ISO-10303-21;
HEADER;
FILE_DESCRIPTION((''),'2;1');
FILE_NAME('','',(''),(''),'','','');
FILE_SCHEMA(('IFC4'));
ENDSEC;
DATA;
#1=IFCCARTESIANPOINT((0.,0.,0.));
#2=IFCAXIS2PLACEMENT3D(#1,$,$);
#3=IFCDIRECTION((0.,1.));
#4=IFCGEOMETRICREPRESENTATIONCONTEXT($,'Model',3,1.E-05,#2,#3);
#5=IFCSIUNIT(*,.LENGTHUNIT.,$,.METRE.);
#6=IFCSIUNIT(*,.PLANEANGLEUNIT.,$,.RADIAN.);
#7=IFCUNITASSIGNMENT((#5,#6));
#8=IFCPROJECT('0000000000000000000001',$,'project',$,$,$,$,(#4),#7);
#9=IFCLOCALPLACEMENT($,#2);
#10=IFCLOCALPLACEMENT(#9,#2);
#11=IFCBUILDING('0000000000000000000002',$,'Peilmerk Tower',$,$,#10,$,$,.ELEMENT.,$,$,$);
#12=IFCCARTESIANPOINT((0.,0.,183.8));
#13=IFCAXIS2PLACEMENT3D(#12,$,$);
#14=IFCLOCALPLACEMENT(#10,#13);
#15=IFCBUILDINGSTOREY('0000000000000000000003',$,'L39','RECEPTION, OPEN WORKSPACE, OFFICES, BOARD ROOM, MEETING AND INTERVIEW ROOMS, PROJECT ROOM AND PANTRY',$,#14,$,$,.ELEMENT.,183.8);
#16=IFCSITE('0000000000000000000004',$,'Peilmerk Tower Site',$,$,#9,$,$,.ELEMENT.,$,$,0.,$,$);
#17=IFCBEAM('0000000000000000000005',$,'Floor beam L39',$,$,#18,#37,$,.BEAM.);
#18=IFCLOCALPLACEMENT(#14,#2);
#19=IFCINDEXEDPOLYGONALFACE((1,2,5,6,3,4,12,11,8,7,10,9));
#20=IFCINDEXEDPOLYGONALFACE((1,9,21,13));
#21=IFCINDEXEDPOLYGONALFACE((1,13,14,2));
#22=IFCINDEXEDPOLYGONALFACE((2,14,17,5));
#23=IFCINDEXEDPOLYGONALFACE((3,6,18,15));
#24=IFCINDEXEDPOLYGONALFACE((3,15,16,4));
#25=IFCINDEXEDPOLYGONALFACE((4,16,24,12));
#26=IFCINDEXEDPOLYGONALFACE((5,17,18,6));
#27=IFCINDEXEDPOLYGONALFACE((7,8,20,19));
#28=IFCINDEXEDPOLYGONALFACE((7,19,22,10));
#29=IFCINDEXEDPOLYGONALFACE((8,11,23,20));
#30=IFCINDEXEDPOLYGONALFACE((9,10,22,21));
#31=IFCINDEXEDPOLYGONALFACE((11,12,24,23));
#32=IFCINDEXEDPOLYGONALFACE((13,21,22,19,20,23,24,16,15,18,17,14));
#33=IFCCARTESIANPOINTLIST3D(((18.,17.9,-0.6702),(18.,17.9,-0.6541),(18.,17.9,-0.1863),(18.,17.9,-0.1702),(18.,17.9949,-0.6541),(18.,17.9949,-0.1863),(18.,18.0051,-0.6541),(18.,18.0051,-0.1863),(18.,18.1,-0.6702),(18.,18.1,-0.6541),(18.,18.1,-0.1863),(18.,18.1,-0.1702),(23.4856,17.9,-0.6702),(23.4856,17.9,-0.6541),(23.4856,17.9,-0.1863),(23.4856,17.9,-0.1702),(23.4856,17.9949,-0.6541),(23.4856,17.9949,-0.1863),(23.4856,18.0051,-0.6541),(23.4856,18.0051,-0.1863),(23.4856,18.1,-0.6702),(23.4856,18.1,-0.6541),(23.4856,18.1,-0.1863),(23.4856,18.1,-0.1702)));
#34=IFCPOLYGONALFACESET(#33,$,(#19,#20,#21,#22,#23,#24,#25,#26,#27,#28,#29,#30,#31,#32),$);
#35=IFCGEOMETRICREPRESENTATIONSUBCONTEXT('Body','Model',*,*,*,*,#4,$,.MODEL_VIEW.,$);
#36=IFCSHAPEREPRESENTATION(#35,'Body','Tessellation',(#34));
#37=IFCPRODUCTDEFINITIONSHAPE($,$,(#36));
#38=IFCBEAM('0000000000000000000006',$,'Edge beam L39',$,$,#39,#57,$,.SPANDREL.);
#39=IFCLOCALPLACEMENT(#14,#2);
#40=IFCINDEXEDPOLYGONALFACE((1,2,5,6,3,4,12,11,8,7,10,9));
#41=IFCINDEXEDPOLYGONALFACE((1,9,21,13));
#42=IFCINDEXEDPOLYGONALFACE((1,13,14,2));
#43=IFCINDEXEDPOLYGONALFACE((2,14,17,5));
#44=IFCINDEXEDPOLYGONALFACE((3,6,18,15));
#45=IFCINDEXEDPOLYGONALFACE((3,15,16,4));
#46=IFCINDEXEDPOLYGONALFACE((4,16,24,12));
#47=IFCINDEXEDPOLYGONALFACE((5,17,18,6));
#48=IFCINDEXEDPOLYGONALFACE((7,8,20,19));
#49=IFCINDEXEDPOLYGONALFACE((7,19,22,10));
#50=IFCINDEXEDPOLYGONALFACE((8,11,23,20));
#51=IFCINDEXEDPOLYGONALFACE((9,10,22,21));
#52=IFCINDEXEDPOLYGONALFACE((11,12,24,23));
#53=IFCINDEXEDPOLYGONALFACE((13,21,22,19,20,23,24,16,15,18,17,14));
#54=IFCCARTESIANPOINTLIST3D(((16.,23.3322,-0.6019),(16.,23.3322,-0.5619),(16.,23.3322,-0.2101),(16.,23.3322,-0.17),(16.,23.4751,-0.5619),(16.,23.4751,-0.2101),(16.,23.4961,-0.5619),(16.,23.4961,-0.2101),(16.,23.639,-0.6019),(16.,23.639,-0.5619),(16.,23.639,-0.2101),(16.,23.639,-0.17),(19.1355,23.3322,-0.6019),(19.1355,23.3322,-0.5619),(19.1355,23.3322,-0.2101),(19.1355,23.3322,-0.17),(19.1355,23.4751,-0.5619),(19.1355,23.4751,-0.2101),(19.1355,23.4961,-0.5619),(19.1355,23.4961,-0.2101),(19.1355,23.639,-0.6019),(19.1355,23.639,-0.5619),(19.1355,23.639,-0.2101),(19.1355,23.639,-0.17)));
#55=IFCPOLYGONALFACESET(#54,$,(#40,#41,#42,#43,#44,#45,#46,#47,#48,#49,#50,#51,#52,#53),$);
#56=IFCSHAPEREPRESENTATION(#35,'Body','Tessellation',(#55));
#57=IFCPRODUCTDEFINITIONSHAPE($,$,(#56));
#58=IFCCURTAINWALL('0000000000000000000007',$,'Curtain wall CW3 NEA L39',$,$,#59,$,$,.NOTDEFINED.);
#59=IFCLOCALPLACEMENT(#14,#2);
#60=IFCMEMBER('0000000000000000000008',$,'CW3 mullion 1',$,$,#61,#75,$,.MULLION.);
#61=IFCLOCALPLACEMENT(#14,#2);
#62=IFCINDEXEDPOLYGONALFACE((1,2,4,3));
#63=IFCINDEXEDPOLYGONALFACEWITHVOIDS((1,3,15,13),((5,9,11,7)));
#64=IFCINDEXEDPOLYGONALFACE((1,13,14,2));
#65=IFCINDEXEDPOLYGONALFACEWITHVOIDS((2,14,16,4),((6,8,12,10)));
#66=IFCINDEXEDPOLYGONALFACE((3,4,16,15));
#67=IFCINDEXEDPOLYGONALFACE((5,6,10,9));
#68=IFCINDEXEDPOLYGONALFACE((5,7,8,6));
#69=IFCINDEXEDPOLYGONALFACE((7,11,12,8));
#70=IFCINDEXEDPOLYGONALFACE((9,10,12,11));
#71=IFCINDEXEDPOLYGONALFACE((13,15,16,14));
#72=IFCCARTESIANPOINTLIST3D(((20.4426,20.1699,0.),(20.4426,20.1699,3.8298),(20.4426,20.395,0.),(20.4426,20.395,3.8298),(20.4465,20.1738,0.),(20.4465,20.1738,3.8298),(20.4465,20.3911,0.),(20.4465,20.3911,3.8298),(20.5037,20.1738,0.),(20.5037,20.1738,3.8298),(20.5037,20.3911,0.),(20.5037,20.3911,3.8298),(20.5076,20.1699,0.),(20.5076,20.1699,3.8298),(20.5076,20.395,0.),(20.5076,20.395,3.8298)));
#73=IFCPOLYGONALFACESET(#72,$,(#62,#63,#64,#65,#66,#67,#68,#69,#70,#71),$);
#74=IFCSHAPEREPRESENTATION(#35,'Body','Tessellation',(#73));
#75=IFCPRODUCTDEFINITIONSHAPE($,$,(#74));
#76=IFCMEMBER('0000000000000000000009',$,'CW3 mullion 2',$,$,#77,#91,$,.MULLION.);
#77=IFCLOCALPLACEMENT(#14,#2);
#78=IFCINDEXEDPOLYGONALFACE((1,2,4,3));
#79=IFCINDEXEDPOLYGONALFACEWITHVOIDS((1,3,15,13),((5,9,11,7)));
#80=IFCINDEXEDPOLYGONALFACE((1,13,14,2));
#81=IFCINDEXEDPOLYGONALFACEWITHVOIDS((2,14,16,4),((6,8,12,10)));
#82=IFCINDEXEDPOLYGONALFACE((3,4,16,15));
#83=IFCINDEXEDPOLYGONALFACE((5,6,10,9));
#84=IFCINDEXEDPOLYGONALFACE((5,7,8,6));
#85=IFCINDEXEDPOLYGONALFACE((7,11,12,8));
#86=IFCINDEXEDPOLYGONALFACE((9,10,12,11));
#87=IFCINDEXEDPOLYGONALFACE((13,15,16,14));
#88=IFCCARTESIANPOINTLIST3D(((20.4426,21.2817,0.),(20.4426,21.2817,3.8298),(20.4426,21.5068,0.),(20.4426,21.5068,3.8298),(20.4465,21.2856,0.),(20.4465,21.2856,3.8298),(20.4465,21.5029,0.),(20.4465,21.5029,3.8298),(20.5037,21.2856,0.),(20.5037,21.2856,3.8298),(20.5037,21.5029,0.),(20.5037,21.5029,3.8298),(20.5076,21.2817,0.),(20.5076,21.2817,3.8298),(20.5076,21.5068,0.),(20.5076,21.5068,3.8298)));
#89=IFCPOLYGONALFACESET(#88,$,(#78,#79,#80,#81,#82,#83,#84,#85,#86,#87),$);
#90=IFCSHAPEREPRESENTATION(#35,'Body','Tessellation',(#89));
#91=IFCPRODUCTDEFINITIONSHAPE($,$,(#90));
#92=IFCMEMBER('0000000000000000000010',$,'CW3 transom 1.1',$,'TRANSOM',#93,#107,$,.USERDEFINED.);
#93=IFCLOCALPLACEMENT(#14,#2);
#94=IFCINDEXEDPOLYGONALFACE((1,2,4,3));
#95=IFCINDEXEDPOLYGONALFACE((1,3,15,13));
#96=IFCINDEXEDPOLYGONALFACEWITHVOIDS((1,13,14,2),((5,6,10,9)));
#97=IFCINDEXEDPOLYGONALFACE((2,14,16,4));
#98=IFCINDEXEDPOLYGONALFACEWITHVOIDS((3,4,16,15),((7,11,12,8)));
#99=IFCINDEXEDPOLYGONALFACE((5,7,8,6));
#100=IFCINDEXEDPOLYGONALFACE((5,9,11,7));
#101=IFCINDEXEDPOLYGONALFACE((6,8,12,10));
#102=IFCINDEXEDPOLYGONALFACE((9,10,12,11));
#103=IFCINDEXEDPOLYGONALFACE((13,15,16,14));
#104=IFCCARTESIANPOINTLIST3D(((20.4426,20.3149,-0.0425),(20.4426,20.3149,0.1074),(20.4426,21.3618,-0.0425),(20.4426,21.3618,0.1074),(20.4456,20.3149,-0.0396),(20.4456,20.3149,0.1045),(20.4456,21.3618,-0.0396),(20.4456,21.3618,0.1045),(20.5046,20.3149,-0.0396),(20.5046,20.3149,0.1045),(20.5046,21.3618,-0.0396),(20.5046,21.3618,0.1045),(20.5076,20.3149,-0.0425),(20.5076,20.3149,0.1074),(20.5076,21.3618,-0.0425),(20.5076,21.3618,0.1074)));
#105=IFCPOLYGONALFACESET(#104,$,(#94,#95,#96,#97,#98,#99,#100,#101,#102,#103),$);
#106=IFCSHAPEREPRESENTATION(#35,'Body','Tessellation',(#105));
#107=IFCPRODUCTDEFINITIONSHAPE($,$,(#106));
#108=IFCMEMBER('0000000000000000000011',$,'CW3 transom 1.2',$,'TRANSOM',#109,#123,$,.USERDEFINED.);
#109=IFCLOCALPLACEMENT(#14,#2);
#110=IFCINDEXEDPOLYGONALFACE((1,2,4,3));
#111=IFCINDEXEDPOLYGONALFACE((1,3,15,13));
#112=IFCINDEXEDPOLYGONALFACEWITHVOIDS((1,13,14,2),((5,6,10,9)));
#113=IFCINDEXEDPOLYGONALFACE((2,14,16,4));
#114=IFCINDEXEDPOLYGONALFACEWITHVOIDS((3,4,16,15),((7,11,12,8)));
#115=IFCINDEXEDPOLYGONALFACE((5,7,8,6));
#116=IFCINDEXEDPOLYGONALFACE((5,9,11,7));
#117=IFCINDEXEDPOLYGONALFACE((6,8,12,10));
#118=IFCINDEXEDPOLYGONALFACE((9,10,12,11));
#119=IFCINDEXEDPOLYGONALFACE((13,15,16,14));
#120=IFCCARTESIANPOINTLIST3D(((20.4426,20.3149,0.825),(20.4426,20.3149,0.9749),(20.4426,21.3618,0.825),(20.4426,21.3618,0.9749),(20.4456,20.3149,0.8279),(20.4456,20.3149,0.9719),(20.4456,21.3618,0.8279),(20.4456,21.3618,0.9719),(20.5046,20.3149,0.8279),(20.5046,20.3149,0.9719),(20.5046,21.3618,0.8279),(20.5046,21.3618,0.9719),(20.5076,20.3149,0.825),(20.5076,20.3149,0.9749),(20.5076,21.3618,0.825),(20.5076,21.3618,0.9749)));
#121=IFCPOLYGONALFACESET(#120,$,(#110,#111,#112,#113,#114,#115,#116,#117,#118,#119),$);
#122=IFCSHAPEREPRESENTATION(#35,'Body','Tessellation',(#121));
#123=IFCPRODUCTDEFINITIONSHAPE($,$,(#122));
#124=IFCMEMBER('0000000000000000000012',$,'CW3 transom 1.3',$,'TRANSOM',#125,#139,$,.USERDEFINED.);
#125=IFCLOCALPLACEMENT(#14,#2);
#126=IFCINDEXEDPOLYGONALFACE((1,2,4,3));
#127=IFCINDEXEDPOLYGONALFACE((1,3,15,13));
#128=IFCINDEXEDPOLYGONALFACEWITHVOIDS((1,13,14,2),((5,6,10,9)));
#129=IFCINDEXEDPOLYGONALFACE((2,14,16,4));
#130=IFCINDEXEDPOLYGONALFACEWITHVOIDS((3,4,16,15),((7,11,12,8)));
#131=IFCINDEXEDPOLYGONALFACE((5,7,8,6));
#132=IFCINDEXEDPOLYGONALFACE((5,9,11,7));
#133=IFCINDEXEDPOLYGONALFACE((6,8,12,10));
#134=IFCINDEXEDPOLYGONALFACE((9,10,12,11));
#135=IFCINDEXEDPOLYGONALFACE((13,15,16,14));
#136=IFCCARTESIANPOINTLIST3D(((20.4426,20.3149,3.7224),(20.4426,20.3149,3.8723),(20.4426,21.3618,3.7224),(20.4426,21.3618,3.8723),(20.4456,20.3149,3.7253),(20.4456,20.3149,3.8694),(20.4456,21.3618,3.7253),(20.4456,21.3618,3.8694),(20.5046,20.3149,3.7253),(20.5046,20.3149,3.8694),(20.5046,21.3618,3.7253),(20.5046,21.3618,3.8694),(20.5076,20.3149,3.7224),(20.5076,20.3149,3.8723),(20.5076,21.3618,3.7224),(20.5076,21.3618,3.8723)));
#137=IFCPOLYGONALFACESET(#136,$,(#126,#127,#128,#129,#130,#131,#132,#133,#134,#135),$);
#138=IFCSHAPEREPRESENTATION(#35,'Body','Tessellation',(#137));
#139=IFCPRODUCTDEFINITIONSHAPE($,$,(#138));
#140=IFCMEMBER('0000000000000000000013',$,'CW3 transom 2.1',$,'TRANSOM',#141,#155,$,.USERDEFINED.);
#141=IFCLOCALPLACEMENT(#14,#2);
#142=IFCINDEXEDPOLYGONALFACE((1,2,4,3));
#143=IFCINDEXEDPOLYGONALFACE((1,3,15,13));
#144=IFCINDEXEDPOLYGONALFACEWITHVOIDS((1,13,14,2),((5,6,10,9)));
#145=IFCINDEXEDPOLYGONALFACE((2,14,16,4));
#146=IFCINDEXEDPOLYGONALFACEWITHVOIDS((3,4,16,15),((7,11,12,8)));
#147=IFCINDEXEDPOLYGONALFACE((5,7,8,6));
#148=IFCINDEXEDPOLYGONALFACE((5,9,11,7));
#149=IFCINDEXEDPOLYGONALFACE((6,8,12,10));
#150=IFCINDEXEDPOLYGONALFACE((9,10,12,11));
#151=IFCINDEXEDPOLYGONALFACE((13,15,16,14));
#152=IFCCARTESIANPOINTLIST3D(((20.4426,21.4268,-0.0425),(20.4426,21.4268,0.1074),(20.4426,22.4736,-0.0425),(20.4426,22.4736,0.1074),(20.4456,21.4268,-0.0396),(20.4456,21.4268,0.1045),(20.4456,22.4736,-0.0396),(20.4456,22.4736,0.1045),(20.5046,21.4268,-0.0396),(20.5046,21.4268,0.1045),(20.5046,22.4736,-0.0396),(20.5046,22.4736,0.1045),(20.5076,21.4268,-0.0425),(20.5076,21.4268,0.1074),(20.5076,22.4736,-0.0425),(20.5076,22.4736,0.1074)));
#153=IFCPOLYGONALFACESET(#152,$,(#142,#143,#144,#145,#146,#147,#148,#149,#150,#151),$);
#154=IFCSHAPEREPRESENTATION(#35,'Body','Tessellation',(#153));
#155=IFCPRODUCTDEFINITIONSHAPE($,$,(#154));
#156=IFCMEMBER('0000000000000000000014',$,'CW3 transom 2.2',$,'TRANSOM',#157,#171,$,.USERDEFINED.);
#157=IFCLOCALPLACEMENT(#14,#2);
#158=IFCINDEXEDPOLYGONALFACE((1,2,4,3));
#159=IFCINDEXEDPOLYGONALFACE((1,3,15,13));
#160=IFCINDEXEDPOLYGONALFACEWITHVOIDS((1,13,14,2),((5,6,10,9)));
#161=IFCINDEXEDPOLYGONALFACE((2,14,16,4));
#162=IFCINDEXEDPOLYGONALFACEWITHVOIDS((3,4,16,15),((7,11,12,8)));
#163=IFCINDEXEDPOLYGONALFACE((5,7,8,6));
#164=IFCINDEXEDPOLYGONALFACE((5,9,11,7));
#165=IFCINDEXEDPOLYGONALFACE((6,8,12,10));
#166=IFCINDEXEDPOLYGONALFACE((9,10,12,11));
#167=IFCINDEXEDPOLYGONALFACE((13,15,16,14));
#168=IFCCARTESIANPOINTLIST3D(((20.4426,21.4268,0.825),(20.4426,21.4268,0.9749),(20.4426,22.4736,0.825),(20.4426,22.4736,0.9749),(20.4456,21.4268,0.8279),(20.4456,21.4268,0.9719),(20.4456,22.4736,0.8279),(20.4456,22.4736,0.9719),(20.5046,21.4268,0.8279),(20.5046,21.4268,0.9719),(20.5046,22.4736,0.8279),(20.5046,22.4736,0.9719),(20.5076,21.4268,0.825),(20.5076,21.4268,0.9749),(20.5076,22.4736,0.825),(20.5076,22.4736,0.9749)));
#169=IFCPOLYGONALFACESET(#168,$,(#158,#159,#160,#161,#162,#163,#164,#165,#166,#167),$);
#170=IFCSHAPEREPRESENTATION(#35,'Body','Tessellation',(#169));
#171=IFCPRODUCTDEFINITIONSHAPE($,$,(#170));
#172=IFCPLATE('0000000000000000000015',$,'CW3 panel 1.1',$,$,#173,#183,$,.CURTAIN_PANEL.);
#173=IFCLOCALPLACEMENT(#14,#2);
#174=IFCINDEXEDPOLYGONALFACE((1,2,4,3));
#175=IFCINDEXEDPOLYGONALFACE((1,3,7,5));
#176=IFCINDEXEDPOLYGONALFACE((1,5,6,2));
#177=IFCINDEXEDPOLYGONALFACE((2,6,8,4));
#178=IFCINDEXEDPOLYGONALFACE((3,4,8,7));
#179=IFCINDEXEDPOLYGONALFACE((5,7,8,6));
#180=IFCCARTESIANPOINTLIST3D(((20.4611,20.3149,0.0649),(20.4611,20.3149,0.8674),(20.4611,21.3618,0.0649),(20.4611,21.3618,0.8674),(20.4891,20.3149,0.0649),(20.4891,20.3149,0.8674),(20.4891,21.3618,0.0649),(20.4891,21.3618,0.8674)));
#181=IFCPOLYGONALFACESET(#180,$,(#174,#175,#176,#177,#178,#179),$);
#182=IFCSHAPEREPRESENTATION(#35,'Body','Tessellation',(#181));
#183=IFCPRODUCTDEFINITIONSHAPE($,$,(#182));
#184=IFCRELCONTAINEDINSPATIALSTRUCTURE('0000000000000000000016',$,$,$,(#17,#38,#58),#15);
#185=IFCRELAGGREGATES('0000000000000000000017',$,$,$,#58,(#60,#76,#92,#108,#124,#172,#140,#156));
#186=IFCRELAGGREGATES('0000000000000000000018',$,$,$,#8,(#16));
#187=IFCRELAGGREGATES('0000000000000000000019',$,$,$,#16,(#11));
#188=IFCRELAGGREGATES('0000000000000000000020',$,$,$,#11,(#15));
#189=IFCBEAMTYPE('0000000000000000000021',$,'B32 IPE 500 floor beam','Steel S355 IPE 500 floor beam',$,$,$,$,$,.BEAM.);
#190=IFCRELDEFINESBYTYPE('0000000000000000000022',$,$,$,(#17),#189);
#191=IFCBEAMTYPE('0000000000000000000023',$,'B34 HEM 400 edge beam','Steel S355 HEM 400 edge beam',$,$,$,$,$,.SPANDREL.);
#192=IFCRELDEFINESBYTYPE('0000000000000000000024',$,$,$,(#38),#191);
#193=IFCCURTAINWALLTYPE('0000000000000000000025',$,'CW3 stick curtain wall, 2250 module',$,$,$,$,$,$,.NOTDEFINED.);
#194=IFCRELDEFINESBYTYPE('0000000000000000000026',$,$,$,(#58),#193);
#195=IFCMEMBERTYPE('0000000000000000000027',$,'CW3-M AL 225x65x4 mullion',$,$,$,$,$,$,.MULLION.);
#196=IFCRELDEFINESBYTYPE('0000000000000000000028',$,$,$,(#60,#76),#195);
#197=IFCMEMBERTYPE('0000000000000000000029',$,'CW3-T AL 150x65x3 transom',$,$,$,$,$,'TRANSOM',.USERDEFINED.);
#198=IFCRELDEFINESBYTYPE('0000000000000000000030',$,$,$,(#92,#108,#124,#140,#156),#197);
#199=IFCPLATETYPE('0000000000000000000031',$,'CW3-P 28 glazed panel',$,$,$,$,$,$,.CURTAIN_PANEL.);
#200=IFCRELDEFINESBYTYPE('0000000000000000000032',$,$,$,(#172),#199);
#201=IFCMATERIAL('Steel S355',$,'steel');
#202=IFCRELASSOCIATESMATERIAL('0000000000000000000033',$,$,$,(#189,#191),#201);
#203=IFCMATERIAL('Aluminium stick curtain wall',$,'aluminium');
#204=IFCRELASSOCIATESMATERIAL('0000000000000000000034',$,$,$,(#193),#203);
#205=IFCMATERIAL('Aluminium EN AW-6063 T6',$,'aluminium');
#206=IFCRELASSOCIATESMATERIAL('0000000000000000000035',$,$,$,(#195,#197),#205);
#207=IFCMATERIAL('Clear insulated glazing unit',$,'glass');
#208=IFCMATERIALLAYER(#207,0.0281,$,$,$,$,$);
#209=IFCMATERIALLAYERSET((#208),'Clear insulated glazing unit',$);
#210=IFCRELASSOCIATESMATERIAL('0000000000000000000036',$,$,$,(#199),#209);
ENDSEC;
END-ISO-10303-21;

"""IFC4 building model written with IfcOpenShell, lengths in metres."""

from ifc_helpers import new_model, si_unit, direction, frame, origin, origin_2d, place, context, subcontext, project, spatial, rectangle, hollow_rectangle, i_section, extrude, material, layer, layer_set, material_profile, profile_set, type_object, element, aggregate, save


model = new_model("IFC4")

# Units and contexts
model_context = context("Model", 3, precision=1e-05, world=origin(), true_north=direction((0.0, 1.0)))
body_context = subcontext(model_context, "Body", "Model", "MODEL_VIEW")
ifc_project = project(units=[si_unit("LENGTHUNIT", "METRE"), si_unit("PLANEANGLEUNIT", "RADIAN")], contexts=[model_context])

# Site, building, storey
site_placement = place(None, origin())
site = spatial("IfcSite", under=ifc_project, at=site_placement, Name="Peilmerk Tower Site", CompositionType="ELEMENT", RefElevation=0.0)
building_placement = place(site_placement, origin())
building = spatial("IfcBuilding", under=site, at=building_placement, Name="Peilmerk Tower", CompositionType="ELEMENT")
storey_placement = place(building_placement, frame((0.0, 0.0, 183.8)))
storey = spatial("IfcBuildingStorey", under=building, at=storey_placement, Name="L39", Description="RECEPTION, OPEN WORKSPACE, OFFICES, BOARD ROOM, MEETING AND INTERVIEW ROOMS, PROJECT ROOM AND PANTRY", CompositionType="ELEMENT", Elevation=183.8)

# Beams
ifc_material_1 = material(Name="Steel S355", Category="steel")
ifc_material_profile_1 = material_profile(ifc_material_1, i_section(OverallWidth=0.2, OverallDepth=0.5, WebThickness=0.0103, FlangeThickness=0.0161, at=origin_2d()), Name="IPE 500")
ifc_profile_set_1 = profile_set([ifc_material_profile_1], Name="Steel S355")
beam_type_1 = type_object("IfcBeamType", Name="B32 IPE 500 floor beam", Description="Steel S355 IPE 500 floor beam", PredefinedType="BEAM", material=ifc_profile_set_1)
for number, where, z_axis, x_axis, name in (
    (1, (18.0, 18.0, -0.4202), (1.0, 0.0, 0.0), (0.0, 1.0, 0.0), "Floor beam L39"),
):
    element("IfcBeam", number, at=place(storey_placement, frame(where, z_axis=z_axis, x_axis=x_axis)), inside=storey, type_object=beam_type_1, Name=name, PredefinedType="BEAM", context=body_context, shape_type="SweptSolid", body=[
        extrude(i_section(OverallWidth=0.2, OverallDepth=0.5, WebThickness=0.0103, FlangeThickness=0.0161, at=origin_2d()), origin(), (0.0, 0.0, 1.0), 5.4856),
    ])
ifc_material_profile_2 = material_profile(ifc_material_1, i_section(OverallWidth=0.3069, OverallDepth=0.4319, WebThickness=0.021, FlangeThickness=0.04, at=origin_2d()), Name="HEM 400")
ifc_profile_set_2 = profile_set([ifc_material_profile_2], Name="Steel S355")
beam_type_2 = type_object("IfcBeamType", Name="B34 HEM 400 edge beam", Description="Steel S355 HEM 400 edge beam", PredefinedType="SPANDREL", material=ifc_profile_set_2)
beam_1_placement = place(storey_placement, frame((19.1355, 23.4856, -0.386), z_axis=(-1.0, 0.0, 0.0), x_axis=(0.0, -1.0, 0.0)))
element("IfcBeam", 2, at=beam_1_placement, inside=storey, type_object=beam_type_2, Name="Edge beam L39", PredefinedType="SPANDREL", context=body_context, shape_type="SweptSolid", body=[
    extrude(i_section(OverallWidth=0.3069, OverallDepth=0.4319, WebThickness=0.021, FlangeThickness=0.04, at=origin_2d()), origin(), (0.0, 0.0, 1.0), 3.1355),
])

# Curtain wall, members, plate
ifc_material_2 = material(Name="Aluminium stick curtain wall", Category="aluminium")
curtain_wall_type = type_object("IfcCurtainWallType", Name="CW3 stick curtain wall, 2250 module", PredefinedType="NOTDEFINED", material=ifc_material_2)
curtain_wall_placement = place(storey_placement, origin())
curtain_wall = element("IfcCurtainWall", 3, at=curtain_wall_placement, inside=storey, type_object=curtain_wall_type, Name="Curtain wall CW3 NEA L39", PredefinedType="NOTDEFINED")
ifc_material_3 = material(Name="Aluminium EN AW-6063 T6", Category="aluminium")
ifc_material_profile_3 = material_profile(ifc_material_3, hollow_rectangle(XDim=0.0649, YDim=0.2251, WallThickness=0.0039, at=origin_2d()), Name="AL 225x65x4")
ifc_profile_set_3 = profile_set([ifc_material_profile_3], Name="Aluminium EN AW-6063 T6")
member_type_1 = type_object("IfcMemberType", Name="CW3-M AL 225x65x4 mullion", PredefinedType="MULLION", material=ifc_profile_set_3)
member_1_placement = place(storey_placement, frame((20.4751, 20.2825, 0.0), z_axis=(0.0, 0.0, 1.0), x_axis=(-1.0, 0.0, 0.0)))
member_1 = element("IfcMember", 4, at=member_1_placement, type_object=member_type_1, Name="CW3 mullion 1", PredefinedType="MULLION", context=body_context, shape_type="SweptSolid", body=[
    extrude(hollow_rectangle(XDim=0.0649, YDim=0.2251, WallThickness=0.0039, at=origin_2d()), origin(), (0.0, 0.0, 1.0), 3.8298),
])
member_2_placement = place(storey_placement, frame((20.4751, 21.3943, 0.0), z_axis=(0.0, 0.0, 1.0), x_axis=(-1.0, 0.0, 0.0)))
member_2 = element("IfcMember", 5, at=member_2_placement, type_object=member_type_1, Name="CW3 mullion 2", PredefinedType="MULLION", context=body_context, shape_type="SweptSolid", body=[
    extrude(hollow_rectangle(XDim=0.0649, YDim=0.2251, WallThickness=0.0039, at=origin_2d()), origin(), (0.0, 0.0, 1.0), 3.8298),
])
ifc_material_profile_4 = material_profile(ifc_material_3, hollow_rectangle(XDim=0.0649, YDim=0.1499, WallThickness=0.0029, at=origin_2d()), Name="AL 150x65x3")
ifc_profile_set_4 = profile_set([ifc_material_profile_4], Name="Aluminium EN AW-6063 T6")
member_type_2 = type_object("IfcMemberType", Name="CW3-T AL 150x65x3 transom", ElementType="TRANSOM", PredefinedType="USERDEFINED", material=ifc_profile_set_4)
member_3_placement = place(storey_placement, frame((20.4751, 20.3149, 0.0325), z_axis=(0.0, 1.0, 0.0), x_axis=(-1.0, 0.0, 0.0)))
member_3 = element("IfcMember", 6, at=member_3_placement, type_object=member_type_2, Name="CW3 transom 1.1", ObjectType="TRANSOM", PredefinedType="USERDEFINED", context=body_context, shape_type="SweptSolid", body=[
    extrude(hollow_rectangle(XDim=0.0649, YDim=0.1499, WallThickness=0.0029, at=origin_2d()), origin(), (0.0, 0.0, 1.0), 1.0469),
])
member_4_placement = place(storey_placement, frame((20.4751, 20.3149, 0.8999), z_axis=(0.0, 1.0, 0.0), x_axis=(-1.0, 0.0, 0.0)))
member_4 = element("IfcMember", 7, at=member_4_placement, type_object=member_type_2, Name="CW3 transom 1.2", ObjectType="TRANSOM", PredefinedType="USERDEFINED", context=body_context, shape_type="SweptSolid", body=[
    extrude(hollow_rectangle(XDim=0.0649, YDim=0.1499, WallThickness=0.0029, at=origin_2d()), origin(), (0.0, 0.0, 1.0), 1.0469),
])
member_5_placement = place(storey_placement, frame((20.4751, 20.3149, 3.7974), z_axis=(0.0, 1.0, 0.0), x_axis=(-1.0, 0.0, 0.0)))
member_5 = element("IfcMember", 8, at=member_5_placement, type_object=member_type_2, Name="CW3 transom 1.3", ObjectType="TRANSOM", PredefinedType="USERDEFINED", context=body_context, shape_type="SweptSolid", body=[
    extrude(hollow_rectangle(XDim=0.0649, YDim=0.1499, WallThickness=0.0029, at=origin_2d()), origin(), (0.0, 0.0, 1.0), 1.0469),
])
member_6_placement = place(storey_placement, frame((20.4751, 21.4268, 0.0325), z_axis=(0.0, 1.0, 0.0), x_axis=(-1.0, 0.0, 0.0)))
member_6 = element("IfcMember", 9, at=member_6_placement, type_object=member_type_2, Name="CW3 transom 2.1", ObjectType="TRANSOM", PredefinedType="USERDEFINED", context=body_context, shape_type="SweptSolid", body=[
    extrude(hollow_rectangle(XDim=0.0649, YDim=0.1499, WallThickness=0.0029, at=origin_2d()), origin(), (0.0, 0.0, 1.0), 1.0469),
])
member_7_placement = place(storey_placement, frame((20.4751, 21.4268, 0.8999), z_axis=(0.0, 1.0, 0.0), x_axis=(-1.0, 0.0, 0.0)))
member_7 = element("IfcMember", 10, at=member_7_placement, type_object=member_type_2, Name="CW3 transom 2.2", ObjectType="TRANSOM", PredefinedType="USERDEFINED", context=body_context, shape_type="SweptSolid", body=[
    extrude(hollow_rectangle(XDim=0.0649, YDim=0.1499, WallThickness=0.0029, at=origin_2d()), origin(), (0.0, 0.0, 1.0), 1.0469),
])
ifc_material_4 = material(Name="Clear insulated glazing unit", Category="glass")
ifc_layer_1 = layer(ifc_material_4, 0.0281)
ifc_layer_set_1 = layer_set([ifc_layer_1], Name="Clear insulated glazing unit")
plate_type = type_object("IfcPlateType", Name="CW3-P 28 glazed panel", PredefinedType="CURTAIN_PANEL", material=ifc_layer_set_1)
plate_1_placement = place(storey_placement, frame((20.4751, 20.8384, 0.0649), z_axis=(0.0, 0.0, 1.0), x_axis=(0.0, 1.0, 0.0)))
plate_1 = element("IfcPlate", 11, at=plate_1_placement, type_object=plate_type, Name="CW3 panel 1.1", PredefinedType="CURTAIN_PANEL", context=body_context, shape_type="SweptSolid", body=[
    extrude(rectangle(XDim=1.0469, YDim=0.0281, at=origin_2d()), origin(), (0.0, 0.0, 1.0), 0.8025),
])
aggregate(curtain_wall, [member_1, member_2, member_3, member_4, member_5, plate_1, member_6, member_7])

save(model, "model.ifc")
